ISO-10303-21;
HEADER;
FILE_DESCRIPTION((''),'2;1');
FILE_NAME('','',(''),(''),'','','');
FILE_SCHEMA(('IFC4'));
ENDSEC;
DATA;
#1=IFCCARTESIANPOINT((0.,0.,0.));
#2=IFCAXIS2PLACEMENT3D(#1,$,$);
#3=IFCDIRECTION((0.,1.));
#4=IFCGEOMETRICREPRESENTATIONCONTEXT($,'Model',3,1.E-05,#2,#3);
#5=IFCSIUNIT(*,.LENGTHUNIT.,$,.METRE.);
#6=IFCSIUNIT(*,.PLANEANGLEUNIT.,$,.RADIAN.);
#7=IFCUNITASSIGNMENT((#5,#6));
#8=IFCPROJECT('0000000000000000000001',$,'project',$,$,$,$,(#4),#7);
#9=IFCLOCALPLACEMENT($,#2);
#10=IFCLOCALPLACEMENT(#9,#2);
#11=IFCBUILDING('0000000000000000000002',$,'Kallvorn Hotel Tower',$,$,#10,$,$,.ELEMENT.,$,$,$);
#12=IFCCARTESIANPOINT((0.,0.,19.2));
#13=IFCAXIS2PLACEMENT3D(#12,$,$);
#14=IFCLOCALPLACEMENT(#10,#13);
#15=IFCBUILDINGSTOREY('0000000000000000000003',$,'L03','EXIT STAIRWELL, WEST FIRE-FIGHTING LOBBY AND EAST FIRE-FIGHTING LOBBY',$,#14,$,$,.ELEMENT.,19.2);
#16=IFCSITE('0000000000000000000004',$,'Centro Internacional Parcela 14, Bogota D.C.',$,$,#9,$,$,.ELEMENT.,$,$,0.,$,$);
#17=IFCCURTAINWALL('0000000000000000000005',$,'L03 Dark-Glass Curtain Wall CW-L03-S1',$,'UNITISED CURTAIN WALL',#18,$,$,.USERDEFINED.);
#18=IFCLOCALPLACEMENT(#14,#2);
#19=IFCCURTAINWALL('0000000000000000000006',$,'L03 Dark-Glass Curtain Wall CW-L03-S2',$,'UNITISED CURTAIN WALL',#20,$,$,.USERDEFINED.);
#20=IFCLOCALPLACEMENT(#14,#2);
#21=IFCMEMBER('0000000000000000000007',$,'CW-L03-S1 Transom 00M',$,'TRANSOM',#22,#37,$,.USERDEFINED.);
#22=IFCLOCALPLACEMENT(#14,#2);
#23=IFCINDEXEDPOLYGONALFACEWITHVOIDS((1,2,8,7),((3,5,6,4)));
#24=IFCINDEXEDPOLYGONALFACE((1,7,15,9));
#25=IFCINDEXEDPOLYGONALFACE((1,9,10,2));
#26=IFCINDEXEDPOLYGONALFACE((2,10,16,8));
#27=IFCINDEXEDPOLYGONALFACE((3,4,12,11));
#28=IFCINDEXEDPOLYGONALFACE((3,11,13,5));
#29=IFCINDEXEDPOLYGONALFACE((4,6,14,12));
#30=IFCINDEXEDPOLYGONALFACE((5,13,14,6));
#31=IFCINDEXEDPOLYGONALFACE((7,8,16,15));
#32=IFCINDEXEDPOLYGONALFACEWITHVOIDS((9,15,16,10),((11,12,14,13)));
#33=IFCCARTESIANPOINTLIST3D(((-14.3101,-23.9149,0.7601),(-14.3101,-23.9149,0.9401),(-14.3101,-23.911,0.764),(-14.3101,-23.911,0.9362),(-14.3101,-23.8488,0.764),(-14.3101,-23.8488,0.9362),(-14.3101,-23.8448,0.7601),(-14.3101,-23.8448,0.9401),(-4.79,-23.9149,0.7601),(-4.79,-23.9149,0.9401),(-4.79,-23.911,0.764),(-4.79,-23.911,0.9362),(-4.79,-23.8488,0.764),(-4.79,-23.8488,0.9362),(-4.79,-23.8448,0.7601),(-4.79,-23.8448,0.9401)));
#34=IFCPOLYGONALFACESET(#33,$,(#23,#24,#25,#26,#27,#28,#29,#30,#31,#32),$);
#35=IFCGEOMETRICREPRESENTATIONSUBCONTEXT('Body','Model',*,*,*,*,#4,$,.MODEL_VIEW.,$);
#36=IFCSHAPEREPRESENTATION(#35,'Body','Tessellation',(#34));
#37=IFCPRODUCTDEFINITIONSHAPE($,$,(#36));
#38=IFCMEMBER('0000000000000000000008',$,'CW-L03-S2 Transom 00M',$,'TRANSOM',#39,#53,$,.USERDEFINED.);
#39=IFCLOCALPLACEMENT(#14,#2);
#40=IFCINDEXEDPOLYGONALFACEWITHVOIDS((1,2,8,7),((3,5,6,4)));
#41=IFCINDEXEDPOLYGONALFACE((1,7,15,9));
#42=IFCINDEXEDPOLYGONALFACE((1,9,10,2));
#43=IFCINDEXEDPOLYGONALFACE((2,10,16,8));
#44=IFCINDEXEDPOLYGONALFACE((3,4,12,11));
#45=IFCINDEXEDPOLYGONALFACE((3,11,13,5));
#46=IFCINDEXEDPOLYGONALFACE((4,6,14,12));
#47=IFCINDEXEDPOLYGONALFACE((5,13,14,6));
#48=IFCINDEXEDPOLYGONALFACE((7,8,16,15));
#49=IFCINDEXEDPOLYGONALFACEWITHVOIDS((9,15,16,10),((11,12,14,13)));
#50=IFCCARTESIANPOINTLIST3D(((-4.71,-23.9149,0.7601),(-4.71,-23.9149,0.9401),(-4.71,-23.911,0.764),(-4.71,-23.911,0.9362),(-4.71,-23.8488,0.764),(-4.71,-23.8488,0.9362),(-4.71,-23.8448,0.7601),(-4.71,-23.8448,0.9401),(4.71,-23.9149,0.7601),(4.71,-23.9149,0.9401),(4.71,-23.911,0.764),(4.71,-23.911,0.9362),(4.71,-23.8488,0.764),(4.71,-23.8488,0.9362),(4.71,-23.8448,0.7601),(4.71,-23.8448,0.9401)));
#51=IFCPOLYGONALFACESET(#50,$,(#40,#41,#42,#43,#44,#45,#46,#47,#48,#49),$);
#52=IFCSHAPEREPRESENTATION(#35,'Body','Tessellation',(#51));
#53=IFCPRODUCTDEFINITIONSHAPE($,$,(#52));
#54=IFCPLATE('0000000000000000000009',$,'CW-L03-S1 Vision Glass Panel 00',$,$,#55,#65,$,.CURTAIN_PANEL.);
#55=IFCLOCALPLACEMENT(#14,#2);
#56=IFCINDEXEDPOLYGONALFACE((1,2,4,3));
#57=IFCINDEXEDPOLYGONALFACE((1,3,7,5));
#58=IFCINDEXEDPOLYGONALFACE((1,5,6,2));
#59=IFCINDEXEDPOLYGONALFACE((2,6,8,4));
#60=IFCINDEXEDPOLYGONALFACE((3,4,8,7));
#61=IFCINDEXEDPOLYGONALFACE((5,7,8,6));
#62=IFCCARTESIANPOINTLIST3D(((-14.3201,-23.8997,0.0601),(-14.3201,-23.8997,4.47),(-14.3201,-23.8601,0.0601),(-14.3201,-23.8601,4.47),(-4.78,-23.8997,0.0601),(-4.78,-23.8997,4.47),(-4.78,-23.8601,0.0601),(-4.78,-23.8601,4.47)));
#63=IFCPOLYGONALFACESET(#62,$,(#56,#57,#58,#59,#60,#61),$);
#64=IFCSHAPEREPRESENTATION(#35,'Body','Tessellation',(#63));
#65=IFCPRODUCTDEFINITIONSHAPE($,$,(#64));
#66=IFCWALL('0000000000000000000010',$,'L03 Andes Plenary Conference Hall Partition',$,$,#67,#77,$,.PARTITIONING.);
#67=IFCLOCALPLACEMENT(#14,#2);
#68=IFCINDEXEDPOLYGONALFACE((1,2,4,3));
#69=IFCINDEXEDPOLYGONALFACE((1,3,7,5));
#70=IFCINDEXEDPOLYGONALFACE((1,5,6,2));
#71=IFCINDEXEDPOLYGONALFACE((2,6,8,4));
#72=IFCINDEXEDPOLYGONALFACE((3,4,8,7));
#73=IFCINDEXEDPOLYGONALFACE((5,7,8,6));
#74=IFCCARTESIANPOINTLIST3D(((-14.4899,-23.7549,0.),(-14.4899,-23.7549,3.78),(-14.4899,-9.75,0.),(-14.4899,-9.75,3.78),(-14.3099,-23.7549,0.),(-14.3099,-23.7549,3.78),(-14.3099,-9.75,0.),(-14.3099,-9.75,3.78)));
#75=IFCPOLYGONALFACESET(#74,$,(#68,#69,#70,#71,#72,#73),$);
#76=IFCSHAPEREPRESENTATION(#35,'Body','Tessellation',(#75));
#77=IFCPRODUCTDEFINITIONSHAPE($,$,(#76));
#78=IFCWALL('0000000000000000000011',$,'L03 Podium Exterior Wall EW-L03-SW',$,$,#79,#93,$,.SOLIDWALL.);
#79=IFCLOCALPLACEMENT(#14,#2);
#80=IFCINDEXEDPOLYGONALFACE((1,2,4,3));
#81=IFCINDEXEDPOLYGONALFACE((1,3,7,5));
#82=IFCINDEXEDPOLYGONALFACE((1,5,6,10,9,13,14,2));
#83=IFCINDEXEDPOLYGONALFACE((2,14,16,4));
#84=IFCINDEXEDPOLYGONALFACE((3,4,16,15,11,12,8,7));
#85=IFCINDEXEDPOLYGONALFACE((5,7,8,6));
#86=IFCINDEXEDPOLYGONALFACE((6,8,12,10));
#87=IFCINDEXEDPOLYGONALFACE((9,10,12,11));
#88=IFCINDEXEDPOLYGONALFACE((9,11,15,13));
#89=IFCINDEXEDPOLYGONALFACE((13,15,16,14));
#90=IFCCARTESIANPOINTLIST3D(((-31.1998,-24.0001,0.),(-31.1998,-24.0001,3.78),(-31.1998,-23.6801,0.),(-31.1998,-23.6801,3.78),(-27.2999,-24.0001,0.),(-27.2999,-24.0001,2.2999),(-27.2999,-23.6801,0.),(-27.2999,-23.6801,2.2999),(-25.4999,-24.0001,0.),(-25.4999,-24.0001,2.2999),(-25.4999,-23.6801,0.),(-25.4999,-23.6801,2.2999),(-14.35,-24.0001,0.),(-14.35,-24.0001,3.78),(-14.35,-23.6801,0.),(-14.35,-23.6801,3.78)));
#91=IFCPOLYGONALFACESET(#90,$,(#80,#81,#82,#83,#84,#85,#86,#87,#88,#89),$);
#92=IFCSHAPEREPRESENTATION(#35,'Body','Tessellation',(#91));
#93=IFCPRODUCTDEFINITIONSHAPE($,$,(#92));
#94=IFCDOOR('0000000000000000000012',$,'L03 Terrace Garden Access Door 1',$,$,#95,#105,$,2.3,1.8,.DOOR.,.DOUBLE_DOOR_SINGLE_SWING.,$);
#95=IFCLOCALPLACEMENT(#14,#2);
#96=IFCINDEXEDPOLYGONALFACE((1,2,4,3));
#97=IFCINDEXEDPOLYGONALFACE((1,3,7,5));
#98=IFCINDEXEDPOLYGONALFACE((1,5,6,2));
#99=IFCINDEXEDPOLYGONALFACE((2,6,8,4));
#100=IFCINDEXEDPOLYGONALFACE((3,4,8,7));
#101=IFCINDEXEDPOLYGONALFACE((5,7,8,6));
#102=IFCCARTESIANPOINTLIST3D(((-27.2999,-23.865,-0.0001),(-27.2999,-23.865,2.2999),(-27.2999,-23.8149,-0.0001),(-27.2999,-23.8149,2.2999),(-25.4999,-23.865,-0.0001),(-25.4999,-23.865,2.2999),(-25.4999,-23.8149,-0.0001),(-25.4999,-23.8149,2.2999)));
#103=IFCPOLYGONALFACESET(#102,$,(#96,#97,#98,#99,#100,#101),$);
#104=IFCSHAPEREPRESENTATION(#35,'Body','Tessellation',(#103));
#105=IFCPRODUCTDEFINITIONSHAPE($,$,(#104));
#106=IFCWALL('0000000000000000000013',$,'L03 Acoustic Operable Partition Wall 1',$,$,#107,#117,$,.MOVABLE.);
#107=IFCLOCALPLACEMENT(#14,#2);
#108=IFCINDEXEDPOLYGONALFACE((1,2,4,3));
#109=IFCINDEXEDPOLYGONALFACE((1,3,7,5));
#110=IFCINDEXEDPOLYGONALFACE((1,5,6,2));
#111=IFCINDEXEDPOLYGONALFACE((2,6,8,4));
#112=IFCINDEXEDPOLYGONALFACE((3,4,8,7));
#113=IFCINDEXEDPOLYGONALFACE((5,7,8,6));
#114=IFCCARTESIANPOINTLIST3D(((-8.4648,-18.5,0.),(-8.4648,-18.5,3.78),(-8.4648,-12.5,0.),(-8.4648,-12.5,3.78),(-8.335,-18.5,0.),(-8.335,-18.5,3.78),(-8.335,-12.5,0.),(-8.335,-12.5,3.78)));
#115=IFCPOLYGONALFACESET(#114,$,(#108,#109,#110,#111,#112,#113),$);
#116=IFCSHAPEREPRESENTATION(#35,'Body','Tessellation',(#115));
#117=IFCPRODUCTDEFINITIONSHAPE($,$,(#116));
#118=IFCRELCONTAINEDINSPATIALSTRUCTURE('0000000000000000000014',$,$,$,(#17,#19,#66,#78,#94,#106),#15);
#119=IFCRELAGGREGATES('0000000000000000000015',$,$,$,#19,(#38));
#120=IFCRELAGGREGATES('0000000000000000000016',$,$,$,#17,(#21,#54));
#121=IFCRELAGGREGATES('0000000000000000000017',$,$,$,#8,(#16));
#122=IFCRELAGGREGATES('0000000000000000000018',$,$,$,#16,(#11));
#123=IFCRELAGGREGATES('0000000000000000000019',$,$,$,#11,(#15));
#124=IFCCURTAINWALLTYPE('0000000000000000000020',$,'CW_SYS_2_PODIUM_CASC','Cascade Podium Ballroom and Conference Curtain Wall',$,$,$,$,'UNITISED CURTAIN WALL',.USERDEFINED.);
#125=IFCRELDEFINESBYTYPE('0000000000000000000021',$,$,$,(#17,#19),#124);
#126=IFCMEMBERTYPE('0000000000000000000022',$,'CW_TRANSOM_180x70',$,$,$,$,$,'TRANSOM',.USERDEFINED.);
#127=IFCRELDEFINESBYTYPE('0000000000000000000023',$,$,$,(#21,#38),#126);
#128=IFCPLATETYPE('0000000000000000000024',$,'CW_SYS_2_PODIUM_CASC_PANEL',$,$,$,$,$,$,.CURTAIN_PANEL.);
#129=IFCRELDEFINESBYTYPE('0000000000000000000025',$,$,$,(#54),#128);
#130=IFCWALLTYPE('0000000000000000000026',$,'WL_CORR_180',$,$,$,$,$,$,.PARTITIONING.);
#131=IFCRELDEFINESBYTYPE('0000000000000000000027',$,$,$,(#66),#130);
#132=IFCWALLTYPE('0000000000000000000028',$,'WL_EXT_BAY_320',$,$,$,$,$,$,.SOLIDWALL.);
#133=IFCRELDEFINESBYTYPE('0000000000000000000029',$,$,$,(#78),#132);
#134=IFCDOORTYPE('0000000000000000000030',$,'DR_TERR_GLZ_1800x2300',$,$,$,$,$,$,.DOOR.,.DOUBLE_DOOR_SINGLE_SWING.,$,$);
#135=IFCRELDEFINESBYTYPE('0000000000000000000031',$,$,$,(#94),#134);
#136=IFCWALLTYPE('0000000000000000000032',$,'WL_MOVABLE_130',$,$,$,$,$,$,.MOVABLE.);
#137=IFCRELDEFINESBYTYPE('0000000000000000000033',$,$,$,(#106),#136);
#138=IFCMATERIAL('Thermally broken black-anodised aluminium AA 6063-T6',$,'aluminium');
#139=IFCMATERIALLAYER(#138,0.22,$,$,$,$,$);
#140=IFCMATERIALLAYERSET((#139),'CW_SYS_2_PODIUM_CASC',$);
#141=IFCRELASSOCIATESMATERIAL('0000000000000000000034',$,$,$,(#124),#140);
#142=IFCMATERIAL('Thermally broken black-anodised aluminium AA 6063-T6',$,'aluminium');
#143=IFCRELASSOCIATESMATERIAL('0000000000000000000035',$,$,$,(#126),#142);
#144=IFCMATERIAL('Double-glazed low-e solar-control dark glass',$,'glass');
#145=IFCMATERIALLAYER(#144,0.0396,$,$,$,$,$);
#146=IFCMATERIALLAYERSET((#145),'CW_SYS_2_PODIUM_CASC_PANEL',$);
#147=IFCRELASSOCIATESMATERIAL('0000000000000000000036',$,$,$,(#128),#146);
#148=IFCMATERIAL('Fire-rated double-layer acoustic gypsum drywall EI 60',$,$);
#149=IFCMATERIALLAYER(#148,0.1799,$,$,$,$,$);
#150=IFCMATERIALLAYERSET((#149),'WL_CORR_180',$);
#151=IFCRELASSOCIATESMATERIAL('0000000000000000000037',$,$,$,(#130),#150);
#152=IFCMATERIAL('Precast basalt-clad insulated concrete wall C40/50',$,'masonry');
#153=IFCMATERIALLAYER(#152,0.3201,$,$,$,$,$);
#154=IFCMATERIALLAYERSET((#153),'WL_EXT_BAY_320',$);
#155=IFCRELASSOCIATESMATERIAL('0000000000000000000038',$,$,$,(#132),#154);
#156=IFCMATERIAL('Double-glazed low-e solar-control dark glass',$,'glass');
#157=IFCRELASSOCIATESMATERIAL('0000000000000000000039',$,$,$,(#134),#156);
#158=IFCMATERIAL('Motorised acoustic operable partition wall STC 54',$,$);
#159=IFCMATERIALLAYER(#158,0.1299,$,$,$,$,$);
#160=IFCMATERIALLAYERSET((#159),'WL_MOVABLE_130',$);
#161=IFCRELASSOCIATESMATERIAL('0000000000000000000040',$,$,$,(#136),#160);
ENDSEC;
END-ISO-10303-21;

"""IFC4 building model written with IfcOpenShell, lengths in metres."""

from ifc_helpers import new_model, si_unit, direction, frame, frame_2d, origin, origin_2d, place, context, subcontext, project, spatial, rectangle, hollow_rectangle, extrude, material, layer, layer_set, material_profile, profile_set, type_object, element, fill, aggregate, save


model = new_model("IFC4")

# Units and contexts
model_context = context("Model", 3, precision=1e-05, world=origin(), true_north=direction((0.0, 1.0)))
body_context = subcontext(model_context, "Body", "Model", "MODEL_VIEW")
ifc_project = project(units=[si_unit("LENGTHUNIT", "METRE"), si_unit("PLANEANGLEUNIT", "RADIAN")], contexts=[model_context])

# Site, building, storey
site_placement = place(None, origin())
site = spatial("IfcSite", under=ifc_project, at=site_placement, Name="Centro Internacional Parcela 14, Bogota D.C.", CompositionType="ELEMENT", RefElevation=0.0)
building_placement = place(site_placement, origin())
building = spatial("IfcBuilding", under=site, at=building_placement, Name="Kallvorn Hotel Tower", CompositionType="ELEMENT")
storey_placement = place(building_placement, frame((0.0, 0.0, 19.2)))
storey = spatial("IfcBuildingStorey", under=building, at=storey_placement, Name="L03", Description="EXIT STAIRWELL, WEST FIRE-FIGHTING LOBBY AND EAST FIRE-FIGHTING LOBBY", CompositionType="ELEMENT", Elevation=19.2)

# Curtain wall
ifc_material_1 = material(Name="Thermally broken black-anodised aluminium AA 6063-T6", Category="aluminium")
ifc_layer_1 = layer(ifc_material_1, 0.22)
ifc_layer_set_1 = layer_set([ifc_layer_1], Name="CW_SYS_2_PODIUM_CASC")
curtain_wall_type = type_object("IfcCurtainWallType", Name="CW_SYS_2_PODIUM_CASC", Description="Cascade Podium Ballroom and Conference Curtain Wall", ElementType="UNITISED CURTAIN WALL", PredefinedType="USERDEFINED", material=ifc_layer_set_1)
curtain_wall_1_placement = place(storey_placement, origin())
curtain_wall_1 = element("IfcCurtainWall", 1, at=curtain_wall_1_placement, inside=storey, type_object=curtain_wall_type, Name="L03 Dark-Glass Curtain Wall CW-L03-S1", ObjectType="UNITISED CURTAIN WALL", PredefinedType="USERDEFINED")

# Curtain wall
curtain_wall_2_placement = place(storey_placement, origin())
curtain_wall_2 = element("IfcCurtainWall", 2, at=curtain_wall_2_placement, inside=storey, type_object=curtain_wall_type, Name="L03 Dark-Glass Curtain Wall CW-L03-S2", ObjectType="UNITISED CURTAIN WALL", PredefinedType="USERDEFINED")

# Members
ifc_material_2 = material(Name="Thermally broken black-anodised aluminium AA 6063-T6", Category="aluminium")
ifc_material_profile_1 = material_profile(ifc_material_2, hollow_rectangle(XDim=0.0701, YDim=0.1799, WallThickness=0.0039, at=origin_2d()), Name="TRN 180x70")
ifc_profile_set_1 = profile_set([ifc_material_profile_1], Name="Thermally broken black-anodised aluminium AA 6063-T6")
member_type_1 = type_object("IfcMemberType", Name="CW_TRANSOM_180x70", ElementType="TRANSOM", PredefinedType="USERDEFINED", material=ifc_profile_set_1)
member_1_placement = place(storey_placement, frame((-14.3101, -23.8799, 0.8501), z_axis=(1.0, 0.0, 0.0), x_axis=(0.0, 1.0, 0.0)))
member_1 = element("IfcMember", 3, at=member_1_placement, type_object=member_type_1, Name="CW-L03-S1 Transom 00M", ObjectType="TRANSOM", PredefinedType="USERDEFINED", context=body_context, shape_type="SweptSolid", body=[
    extrude(hollow_rectangle(XDim=0.0701, YDim=0.1799, WallThickness=0.0039, at=origin_2d()), origin(), (0.0, 0.0, 1.0), 9.52),
])
member_2_placement = place(storey_placement, frame((-4.71, -23.8799, 0.8501), z_axis=(1.0, 0.0, 0.0), x_axis=(0.0, 1.0, 0.0)))
member_2 = element("IfcMember", 4, at=member_2_placement, type_object=member_type_1, Name="CW-L03-S2 Transom 00M", ObjectType="TRANSOM", PredefinedType="USERDEFINED", context=body_context, shape_type="SweptSolid", body=[
    extrude(hollow_rectangle(XDim=0.0701, YDim=0.1799, WallThickness=0.0039, at=origin_2d()), origin(), (0.0, 0.0, 1.0), 9.4199),
])
aggregate(curtain_wall_2, [member_2])

# Plate
ifc_material_3 = material(Name="Double-glazed low-e solar-control dark glass", Category="glass")
ifc_layer_2 = layer(ifc_material_3, 0.0396)
ifc_layer_set_2 = layer_set([ifc_layer_2], Name="CW_SYS_2_PODIUM_CASC_PANEL")
plate_type = type_object("IfcPlateType", Name="CW_SYS_2_PODIUM_CASC_PANEL", PredefinedType="CURTAIN_PANEL", material=ifc_layer_set_2)
plate_placement = place(storey_placement, frame((-9.55, -23.8799, 0.0601), z_axis=(0.0, 0.0, 1.0), x_axis=(1.0, 0.0, 0.0)))
plate = element("IfcPlate", 5, at=plate_placement, type_object=plate_type, Name="CW-L03-S1 Vision Glass Panel 00", PredefinedType="CURTAIN_PANEL", context=body_context, shape_type="SweptSolid", body=[
    extrude(rectangle(XDim=9.54, YDim=0.0396, at=origin_2d()), origin(), (0.0, 0.0, 1.0), 4.4099),
])
aggregate(curtain_wall_1, [member_1, plate])

# Wall
ifc_material_4 = material(Name="Fire-rated double-layer acoustic gypsum drywall EI 60")
ifc_layer_3 = layer(ifc_material_4, 0.1799)
ifc_layer_set_3 = layer_set([ifc_layer_3], Name="WL_CORR_180")
wall_type_1 = type_object("IfcWallType", Name="WL_CORR_180", PredefinedType="PARTITIONING", material=ifc_layer_set_3)
wall_1_placement = place(storey_placement, frame((-14.3999, -23.7549, 0.0), z_axis=(0.0, 0.0, 1.0), x_axis=(0.0, 1.0, 0.0)))
element("IfcWall", 6, at=wall_1_placement, inside=storey, type_object=wall_type_1, Name="L03 Andes Plenary Conference Hall Partition", PredefinedType="PARTITIONING", context=body_context, shape_type="SweptSolid", body=[
    extrude(rectangle(XDim=14.0049, YDim=0.1799, at=frame_2d((7.0024, 0.0))), origin(), (0.0, 0.0, 1.0), 3.78),
])

# Wall, opening, door
ifc_material_5 = material(Name="Precast basalt-clad insulated concrete wall C40/50", Category="masonry")
ifc_layer_4 = layer(ifc_material_5, 0.3201)
ifc_layer_set_4 = layer_set([ifc_layer_4], Name="WL_EXT_BAY_320")
wall_type_2 = type_object("IfcWallType", Name="WL_EXT_BAY_320", PredefinedType="SOLIDWALL", material=ifc_layer_set_4)
wall_2_placement = place(storey_placement, frame((-14.3501, -23.8401, 0.0), z_axis=(0.0, 0.0, 1.0), x_axis=(-1.0, 0.0, 0.0)))
wall_2 = element("IfcWall", 7, at=wall_2_placement, inside=storey, type_object=wall_type_2, Name="L03 Podium Exterior Wall EW-L03-SW", PredefinedType="SOLIDWALL", context=body_context, shape_type="SweptSolid", body=[
    extrude(rectangle(XDim=16.8499, YDim=0.3201, at=frame_2d((8.4248, 0.0))), origin(), (0.0, 0.0, 1.0), 3.78),
])
opening_placement = place(wall_2_placement, frame((11.1499, 0.0, 0.0)))
opening = element("IfcOpeningElement", 8, at=opening_placement, cuts=wall_2, PredefinedType="OPENING", context=body_context, shape_type="SweptSolid", body=[
    extrude(rectangle(XDim=1.8, YDim=2.3, at=frame_2d((0.8999, 1.1499))), frame((0.0, 0.175, 0.0), z_axis=(0.0, -1.0, 0.0), x_axis=(1.0, 0.0, 0.0)), (0.0, 0.0, 1.0), 0.3501),
])
ifc_material_6 = material(Name="Double-glazed low-e solar-control dark glass", Category="glass")
door_type = type_object("IfcDoorType", Name="DR_TERR_GLZ_1800x2300", OperationType="DOUBLE_DOOR_SINGLE_SWING", PredefinedType="DOOR", material=ifc_material_6)
door_placement = place(opening_placement, origin())
door = element("IfcDoor", 9, at=door_placement, inside=storey, type_object=door_type, Name="L03 Terrace Garden Access Door 1", OperationType="DOUBLE_DOOR_SINGLE_SWING", OverallHeight=2.3, OverallWidth=1.8, PredefinedType="DOOR", context=body_context, shape_type="SweptSolid", body=[
    extrude(rectangle(XDim=1.8, YDim=2.3, at=frame_2d((0.8999, 1.1499))), frame((0.0, 0.0249, 0.0), z_axis=(0.0, -1.0, 0.0), x_axis=(1.0, 0.0, 0.0)), (0.0, 0.0, 1.0), 0.05),
])
fill(opening, door)

# Wall
ifc_material_7 = material(Name="Motorised acoustic operable partition wall STC 54")
ifc_layer_5 = layer(ifc_material_7, 0.1299)
ifc_layer_set_5 = layer_set([ifc_layer_5], Name="WL_MOVABLE_130")
wall_type_3 = type_object("IfcWallType", Name="WL_MOVABLE_130", PredefinedType="MOVABLE", material=ifc_layer_set_5)
wall_3_placement = place(storey_placement, frame((-8.3999, -18.5, 0.0), z_axis=(0.0, 0.0, 1.0), x_axis=(0.0, 1.0, 0.0)))
element("IfcWall", 10, at=wall_3_placement, inside=storey, type_object=wall_type_3, Name="L03 Acoustic Operable Partition Wall 1", PredefinedType="MOVABLE", context=body_context, shape_type="SweptSolid", body=[
    extrude(rectangle(XDim=6.0, YDim=0.1299, at=frame_2d((3.0, 0.0))), origin(), (0.0, 0.0, 1.0), 3.78),
])

save(model, "model.ifc")
